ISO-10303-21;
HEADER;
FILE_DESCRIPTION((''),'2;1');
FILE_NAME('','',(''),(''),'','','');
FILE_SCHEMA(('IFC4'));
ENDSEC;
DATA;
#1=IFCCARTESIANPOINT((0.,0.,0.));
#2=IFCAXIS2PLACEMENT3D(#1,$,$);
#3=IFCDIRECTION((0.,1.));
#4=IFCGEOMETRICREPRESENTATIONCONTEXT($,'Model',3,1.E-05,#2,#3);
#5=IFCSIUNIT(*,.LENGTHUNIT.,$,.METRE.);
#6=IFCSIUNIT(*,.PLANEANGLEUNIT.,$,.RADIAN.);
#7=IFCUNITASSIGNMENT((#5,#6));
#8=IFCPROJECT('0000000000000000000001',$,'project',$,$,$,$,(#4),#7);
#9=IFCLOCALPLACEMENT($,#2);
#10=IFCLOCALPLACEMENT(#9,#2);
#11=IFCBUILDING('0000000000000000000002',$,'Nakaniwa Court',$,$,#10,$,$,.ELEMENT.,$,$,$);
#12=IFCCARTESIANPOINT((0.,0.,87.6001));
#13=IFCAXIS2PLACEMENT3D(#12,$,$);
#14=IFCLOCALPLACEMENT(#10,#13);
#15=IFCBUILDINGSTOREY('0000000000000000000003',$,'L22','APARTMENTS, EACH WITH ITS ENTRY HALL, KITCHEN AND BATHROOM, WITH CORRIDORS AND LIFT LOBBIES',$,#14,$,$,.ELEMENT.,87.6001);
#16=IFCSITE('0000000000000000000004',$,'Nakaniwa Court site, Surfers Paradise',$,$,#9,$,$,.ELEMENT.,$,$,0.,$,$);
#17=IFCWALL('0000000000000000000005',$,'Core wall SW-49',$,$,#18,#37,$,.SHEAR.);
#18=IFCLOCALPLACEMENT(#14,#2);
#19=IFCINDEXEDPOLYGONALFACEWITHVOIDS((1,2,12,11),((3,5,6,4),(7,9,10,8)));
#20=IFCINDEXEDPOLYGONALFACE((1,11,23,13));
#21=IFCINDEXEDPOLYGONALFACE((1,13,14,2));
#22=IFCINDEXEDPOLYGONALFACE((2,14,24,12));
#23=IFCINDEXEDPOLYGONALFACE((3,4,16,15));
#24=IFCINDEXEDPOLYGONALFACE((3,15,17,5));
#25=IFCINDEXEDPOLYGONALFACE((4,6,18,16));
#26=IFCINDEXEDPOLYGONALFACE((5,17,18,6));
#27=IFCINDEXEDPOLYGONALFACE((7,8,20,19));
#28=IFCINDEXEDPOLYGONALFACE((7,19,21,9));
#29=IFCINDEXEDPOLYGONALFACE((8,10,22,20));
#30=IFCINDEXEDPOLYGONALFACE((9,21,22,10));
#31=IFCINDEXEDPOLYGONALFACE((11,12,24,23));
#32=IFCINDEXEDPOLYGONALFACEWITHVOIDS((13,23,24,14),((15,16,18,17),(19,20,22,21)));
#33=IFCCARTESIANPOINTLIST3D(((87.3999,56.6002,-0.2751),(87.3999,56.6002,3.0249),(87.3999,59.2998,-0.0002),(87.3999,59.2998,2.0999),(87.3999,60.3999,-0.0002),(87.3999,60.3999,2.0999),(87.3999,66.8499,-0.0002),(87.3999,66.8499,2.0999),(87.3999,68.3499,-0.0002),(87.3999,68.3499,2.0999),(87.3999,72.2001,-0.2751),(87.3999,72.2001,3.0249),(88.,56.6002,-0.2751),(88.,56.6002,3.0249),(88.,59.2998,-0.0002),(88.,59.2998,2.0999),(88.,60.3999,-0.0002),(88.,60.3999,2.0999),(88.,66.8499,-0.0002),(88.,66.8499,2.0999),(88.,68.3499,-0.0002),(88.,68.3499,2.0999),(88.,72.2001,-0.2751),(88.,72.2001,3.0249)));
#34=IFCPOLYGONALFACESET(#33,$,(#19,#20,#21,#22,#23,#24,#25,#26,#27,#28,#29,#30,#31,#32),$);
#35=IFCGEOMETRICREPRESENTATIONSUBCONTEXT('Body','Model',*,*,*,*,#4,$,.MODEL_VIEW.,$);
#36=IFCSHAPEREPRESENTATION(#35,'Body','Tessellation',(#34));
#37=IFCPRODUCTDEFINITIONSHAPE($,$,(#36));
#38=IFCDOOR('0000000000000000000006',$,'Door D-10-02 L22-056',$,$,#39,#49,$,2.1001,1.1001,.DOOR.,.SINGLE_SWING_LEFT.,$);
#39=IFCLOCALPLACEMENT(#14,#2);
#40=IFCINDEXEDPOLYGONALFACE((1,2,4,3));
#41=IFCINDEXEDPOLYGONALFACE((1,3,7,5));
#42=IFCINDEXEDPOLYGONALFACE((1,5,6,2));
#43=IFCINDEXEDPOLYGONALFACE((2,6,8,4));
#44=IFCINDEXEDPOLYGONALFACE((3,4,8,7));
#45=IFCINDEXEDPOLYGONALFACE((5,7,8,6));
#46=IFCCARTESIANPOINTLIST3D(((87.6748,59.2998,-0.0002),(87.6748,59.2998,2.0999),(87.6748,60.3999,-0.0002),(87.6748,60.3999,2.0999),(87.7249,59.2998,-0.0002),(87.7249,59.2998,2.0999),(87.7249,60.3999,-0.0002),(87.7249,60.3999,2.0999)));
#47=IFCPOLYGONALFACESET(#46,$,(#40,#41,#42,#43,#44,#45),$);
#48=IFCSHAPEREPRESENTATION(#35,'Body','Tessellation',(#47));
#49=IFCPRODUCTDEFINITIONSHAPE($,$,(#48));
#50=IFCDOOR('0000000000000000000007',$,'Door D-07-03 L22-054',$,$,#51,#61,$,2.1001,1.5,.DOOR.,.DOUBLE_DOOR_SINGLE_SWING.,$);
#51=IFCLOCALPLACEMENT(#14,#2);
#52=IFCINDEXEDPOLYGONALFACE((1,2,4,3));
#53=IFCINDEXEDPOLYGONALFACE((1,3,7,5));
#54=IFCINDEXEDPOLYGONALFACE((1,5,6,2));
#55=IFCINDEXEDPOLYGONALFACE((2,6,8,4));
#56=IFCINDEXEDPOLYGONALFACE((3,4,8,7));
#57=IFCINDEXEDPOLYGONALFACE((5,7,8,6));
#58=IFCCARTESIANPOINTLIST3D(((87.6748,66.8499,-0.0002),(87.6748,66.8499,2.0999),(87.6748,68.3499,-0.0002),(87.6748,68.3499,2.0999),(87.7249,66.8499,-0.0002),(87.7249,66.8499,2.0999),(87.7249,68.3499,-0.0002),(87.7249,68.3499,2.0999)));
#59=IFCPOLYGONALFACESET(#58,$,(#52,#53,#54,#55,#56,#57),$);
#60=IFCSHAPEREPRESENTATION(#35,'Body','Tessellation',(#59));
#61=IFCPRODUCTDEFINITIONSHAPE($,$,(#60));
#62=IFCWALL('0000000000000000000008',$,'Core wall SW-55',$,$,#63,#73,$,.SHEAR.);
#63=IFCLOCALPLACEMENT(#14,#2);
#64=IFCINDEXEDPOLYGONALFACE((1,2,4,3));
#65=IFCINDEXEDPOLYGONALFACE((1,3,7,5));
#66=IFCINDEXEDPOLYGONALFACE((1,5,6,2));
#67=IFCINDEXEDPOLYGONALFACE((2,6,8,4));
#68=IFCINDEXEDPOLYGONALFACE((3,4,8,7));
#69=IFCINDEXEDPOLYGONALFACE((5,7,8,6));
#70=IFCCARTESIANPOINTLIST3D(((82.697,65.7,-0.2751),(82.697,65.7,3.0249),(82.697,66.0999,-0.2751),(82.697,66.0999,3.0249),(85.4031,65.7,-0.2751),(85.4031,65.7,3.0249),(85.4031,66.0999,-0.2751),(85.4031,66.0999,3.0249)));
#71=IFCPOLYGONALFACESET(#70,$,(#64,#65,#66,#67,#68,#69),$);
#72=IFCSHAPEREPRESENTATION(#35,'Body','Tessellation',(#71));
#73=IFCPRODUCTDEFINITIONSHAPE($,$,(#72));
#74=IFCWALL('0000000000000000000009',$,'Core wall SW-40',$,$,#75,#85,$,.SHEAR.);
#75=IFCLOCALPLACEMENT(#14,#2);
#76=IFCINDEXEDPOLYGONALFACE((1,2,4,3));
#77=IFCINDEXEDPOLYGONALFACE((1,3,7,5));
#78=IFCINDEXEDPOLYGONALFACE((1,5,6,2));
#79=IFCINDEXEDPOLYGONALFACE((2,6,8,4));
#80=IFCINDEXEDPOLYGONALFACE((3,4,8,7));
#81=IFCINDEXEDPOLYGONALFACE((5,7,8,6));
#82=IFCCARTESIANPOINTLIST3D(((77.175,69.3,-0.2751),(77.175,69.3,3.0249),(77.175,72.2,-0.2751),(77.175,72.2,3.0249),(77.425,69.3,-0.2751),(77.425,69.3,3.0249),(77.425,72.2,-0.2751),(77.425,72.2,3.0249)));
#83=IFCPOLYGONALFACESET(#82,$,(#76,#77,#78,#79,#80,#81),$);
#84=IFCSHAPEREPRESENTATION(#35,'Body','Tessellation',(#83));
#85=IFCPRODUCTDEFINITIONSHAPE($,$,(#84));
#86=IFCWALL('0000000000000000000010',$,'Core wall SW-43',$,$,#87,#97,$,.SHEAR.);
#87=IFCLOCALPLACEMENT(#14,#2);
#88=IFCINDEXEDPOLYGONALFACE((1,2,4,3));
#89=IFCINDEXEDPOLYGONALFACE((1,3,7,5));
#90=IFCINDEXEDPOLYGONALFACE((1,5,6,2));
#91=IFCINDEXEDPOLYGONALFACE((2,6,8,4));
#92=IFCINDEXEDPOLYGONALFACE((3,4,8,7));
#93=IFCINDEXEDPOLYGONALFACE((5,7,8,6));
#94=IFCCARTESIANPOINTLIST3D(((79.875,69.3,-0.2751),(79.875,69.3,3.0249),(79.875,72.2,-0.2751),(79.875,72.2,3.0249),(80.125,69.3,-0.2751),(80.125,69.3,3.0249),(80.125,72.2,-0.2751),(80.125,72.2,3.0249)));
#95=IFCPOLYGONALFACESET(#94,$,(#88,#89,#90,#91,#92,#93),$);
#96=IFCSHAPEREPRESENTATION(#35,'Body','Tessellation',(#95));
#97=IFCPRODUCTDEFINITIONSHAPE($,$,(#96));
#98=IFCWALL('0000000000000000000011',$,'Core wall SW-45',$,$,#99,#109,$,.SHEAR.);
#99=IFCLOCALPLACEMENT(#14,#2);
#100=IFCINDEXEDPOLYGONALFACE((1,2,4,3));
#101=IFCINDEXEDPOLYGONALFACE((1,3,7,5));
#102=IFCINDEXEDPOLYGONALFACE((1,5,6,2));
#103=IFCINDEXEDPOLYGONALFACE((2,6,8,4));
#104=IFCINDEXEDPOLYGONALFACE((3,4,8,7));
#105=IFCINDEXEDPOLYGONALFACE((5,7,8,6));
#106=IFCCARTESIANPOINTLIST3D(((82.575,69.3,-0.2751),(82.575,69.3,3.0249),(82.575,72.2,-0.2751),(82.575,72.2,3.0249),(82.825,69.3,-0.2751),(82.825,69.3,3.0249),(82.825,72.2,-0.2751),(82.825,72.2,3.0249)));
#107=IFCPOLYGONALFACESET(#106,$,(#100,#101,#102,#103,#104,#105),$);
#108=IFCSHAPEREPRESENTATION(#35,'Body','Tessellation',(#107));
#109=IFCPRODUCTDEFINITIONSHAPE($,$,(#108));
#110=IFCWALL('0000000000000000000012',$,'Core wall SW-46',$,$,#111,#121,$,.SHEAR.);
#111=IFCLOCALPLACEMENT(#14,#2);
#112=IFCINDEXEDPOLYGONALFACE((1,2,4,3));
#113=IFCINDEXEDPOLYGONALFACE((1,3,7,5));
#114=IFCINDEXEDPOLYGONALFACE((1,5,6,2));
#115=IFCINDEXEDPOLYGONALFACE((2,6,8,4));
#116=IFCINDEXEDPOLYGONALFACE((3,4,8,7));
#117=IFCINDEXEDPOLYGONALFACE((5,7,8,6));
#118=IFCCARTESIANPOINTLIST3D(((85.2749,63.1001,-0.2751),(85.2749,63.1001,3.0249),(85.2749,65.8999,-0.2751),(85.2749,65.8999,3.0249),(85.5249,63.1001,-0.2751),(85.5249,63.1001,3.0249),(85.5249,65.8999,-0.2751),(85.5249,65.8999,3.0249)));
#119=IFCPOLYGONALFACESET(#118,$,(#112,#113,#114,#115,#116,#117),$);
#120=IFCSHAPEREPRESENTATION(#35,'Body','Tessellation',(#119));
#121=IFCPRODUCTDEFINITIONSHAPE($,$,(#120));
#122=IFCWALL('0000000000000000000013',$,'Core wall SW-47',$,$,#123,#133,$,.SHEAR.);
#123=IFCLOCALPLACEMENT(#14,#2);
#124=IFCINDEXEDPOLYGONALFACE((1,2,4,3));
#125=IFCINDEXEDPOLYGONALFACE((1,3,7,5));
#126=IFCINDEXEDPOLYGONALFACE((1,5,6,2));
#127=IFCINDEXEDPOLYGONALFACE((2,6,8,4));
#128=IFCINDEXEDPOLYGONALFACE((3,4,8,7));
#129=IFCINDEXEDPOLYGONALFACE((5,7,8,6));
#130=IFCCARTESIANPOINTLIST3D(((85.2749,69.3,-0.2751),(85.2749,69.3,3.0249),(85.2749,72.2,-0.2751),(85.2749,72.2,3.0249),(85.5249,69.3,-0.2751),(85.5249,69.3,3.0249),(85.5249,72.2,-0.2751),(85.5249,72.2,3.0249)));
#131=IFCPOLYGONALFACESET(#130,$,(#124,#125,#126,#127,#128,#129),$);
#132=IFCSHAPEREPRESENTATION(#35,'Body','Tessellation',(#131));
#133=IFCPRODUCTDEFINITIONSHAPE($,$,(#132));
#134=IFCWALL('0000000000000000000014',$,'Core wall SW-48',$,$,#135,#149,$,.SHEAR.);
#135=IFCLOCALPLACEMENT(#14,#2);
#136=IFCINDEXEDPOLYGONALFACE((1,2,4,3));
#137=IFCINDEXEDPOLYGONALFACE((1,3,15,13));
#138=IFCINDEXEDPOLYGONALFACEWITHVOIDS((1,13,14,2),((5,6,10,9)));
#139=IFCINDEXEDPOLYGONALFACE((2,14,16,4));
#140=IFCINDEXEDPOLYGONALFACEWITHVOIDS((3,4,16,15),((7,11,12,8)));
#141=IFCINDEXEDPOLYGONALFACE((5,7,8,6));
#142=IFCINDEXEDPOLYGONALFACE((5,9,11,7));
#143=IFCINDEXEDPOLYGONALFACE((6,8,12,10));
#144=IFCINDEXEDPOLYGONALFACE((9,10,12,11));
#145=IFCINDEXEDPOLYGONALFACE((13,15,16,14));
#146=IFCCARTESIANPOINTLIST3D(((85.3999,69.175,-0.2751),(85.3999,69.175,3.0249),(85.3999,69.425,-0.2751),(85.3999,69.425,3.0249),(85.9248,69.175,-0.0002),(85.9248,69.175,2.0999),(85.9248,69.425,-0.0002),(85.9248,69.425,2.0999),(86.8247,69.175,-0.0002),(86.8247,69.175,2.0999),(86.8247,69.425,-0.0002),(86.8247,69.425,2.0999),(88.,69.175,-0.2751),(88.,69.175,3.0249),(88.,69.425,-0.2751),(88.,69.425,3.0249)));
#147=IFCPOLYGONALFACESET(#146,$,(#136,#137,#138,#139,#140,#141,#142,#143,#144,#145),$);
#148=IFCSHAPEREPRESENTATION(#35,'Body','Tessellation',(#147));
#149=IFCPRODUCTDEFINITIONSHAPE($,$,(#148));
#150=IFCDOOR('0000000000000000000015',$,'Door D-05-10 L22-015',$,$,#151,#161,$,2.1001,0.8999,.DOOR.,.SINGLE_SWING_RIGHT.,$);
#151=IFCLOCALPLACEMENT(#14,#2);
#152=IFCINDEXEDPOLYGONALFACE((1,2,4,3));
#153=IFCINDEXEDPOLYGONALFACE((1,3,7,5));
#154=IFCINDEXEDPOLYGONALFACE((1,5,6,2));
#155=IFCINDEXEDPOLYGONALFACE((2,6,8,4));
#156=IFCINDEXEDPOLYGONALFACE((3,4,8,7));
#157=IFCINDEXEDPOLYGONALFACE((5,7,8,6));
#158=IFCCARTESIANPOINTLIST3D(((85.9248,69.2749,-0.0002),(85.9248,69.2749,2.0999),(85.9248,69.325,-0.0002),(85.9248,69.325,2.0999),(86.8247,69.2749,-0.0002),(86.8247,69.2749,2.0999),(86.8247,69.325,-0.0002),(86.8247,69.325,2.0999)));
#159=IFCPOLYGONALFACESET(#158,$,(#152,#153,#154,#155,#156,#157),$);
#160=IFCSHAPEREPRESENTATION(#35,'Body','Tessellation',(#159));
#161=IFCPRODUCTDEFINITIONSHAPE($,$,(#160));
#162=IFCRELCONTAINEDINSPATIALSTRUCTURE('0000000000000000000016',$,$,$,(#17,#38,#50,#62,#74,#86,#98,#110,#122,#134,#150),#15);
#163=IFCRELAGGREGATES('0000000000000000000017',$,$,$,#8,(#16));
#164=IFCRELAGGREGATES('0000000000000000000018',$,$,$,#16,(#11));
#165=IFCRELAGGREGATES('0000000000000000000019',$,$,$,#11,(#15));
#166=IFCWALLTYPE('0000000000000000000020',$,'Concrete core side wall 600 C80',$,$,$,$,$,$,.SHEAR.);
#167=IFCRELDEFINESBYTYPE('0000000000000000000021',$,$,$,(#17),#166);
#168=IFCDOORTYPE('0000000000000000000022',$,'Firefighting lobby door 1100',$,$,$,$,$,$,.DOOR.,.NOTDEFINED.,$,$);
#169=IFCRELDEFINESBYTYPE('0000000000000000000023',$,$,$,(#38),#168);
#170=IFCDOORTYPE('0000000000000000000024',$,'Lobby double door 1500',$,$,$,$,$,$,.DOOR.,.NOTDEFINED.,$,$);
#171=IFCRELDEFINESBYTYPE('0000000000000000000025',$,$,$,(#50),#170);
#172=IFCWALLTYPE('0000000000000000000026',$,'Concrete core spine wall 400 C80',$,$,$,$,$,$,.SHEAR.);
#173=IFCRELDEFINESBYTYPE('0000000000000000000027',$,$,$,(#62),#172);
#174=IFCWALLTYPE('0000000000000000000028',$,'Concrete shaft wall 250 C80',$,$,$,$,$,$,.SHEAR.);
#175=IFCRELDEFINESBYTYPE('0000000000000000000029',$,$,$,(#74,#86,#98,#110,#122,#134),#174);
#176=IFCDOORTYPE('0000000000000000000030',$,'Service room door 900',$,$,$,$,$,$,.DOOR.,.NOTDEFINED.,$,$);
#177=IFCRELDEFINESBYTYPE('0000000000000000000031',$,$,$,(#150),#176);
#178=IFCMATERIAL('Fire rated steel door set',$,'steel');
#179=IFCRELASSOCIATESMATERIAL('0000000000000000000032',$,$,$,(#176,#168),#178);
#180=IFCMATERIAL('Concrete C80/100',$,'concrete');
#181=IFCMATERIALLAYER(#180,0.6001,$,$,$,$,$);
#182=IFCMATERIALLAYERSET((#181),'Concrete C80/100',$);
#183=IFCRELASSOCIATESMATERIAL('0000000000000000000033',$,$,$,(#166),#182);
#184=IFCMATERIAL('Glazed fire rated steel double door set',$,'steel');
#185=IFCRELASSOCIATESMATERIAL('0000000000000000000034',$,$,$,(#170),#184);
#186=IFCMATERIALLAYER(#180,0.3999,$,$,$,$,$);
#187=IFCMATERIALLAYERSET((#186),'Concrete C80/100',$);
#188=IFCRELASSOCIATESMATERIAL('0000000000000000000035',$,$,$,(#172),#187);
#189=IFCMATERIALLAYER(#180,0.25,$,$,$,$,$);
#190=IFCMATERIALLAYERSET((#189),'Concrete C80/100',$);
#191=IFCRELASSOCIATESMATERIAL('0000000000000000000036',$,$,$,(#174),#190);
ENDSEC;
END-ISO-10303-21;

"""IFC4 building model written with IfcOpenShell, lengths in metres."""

from ifc_helpers import new_model, si_unit, direction, frame, frame_2d, origin, place, context, subcontext, project, spatial, rectangle, extrude, material, layer, layer_set, type_object, element, fill, save


model = new_model("IFC4")

# Units and contexts
model_context = context("Model", 3, precision=1e-05, world=origin(), true_north=direction((0.0, 1.0)))
body_context = subcontext(model_context, "Body", "Model", "MODEL_VIEW")
ifc_project = project(units=[si_unit("LENGTHUNIT", "METRE"), si_unit("PLANEANGLEUNIT", "RADIAN")], contexts=[model_context])

# Site, building, storey
site_placement = place(None, origin())
site = spatial("IfcSite", under=ifc_project, at=site_placement, Name="Nakaniwa Court site, Surfers Paradise", CompositionType="ELEMENT", RefElevation=0.0)
building_placement = place(site_placement, origin())
building = spatial("IfcBuilding", under=site, at=building_placement, Name="Nakaniwa Court", CompositionType="ELEMENT")
storey_placement = place(building_placement, frame((0.0, 0.0, 87.6001)))
storey = spatial("IfcBuildingStorey", under=building, at=storey_placement, Name="L22", Description="APARTMENTS, EACH WITH ITS ENTRY HALL, KITCHEN AND BATHROOM, WITH CORRIDORS AND LIFT LOBBIES", CompositionType="ELEMENT", Elevation=87.6001)

# Shared definitions
ifc_material_1 = material(Name="Concrete C80/100", Category="concrete")

# Shared definitions
ifc_material_2 = material(Name="Fire rated steel door set", Category="steel")
door_type_1 = type_object("IfcDoorType", Name="Service room door 900", OperationType="NOTDEFINED", PredefinedType="DOOR", material=ifc_material_2)

# Wall, openings, doors
ifc_layer_1 = layer(ifc_material_1, 0.6001)
ifc_layer_set_1 = layer_set([ifc_layer_1], Name="Concrete C80/100")
wall_type_1 = type_object("IfcWallType", Name="Concrete core side wall 600 C80", PredefinedType="SHEAR", material=ifc_layer_set_1)
wall_1_placement = place(storey_placement, frame((87.7, 72.2, -0.2751), z_axis=(0.0, 0.0, 1.0), x_axis=(0.0, -1.0, 0.0)))
wall_1 = element("IfcWall", 1, at=wall_1_placement, inside=storey, type_object=wall_type_1, Name="Core wall SW-49", PredefinedType="SHEAR", context=body_context, shape_type="SweptSolid", body=[
    extrude(rectangle(XDim=15.5999, YDim=0.6001, at=frame_2d((7.7998, 0.0))), origin(), (0.0, 0.0, 1.0), 3.3),
])
opening_1_placement = place(wall_1_placement, frame((3.8501, 0.0, 0.2749)))
opening_1 = element("IfcOpeningElement", 2, at=opening_1_placement, cuts=wall_1, PredefinedType="OPENING", context=body_context, shape_type="SweptSolid", body=[
    extrude(rectangle(XDim=1.5, YDim=2.1001, at=frame_2d((0.75, 1.05))), frame((0.0, 0.3101, 0.0), z_axis=(0.0, -1.0, 0.0), x_axis=(1.0, 0.0, 0.0)), (0.0, 0.0, 1.0), 0.6201),
])
opening_2_placement = place(wall_1_placement, frame((11.8, 0.0, 0.2749)))
opening_2 = element("IfcOpeningElement", 3, at=opening_2_placement, cuts=wall_1, PredefinedType="OPENING", context=body_context, shape_type="SweptSolid", body=[
    extrude(rectangle(XDim=1.1001, YDim=2.1001, at=frame_2d((0.55, 1.05))), frame((0.0, 0.3101, 0.0), z_axis=(0.0, -1.0, 0.0), x_axis=(1.0, 0.0, 0.0)), (0.0, 0.0, 1.0), 0.6201),
])
door_type_2 = type_object("IfcDoorType", Name="Firefighting lobby door 1100", OperationType="NOTDEFINED", PredefinedType="DOOR", material=ifc_material_2)
door_1_placement = place(opening_2_placement, origin())
door_1 = element("IfcDoor", 4, at=door_1_placement, inside=storey, type_object=door_type_2, Name="Door D-10-02 L22-056", OperationType="SINGLE_SWING_LEFT", OverallHeight=2.1001, OverallWidth=1.1001, PredefinedType="DOOR", context=body_context, shape_type="SweptSolid", body=[
    extrude(rectangle(XDim=1.1001, YDim=2.1001, at=frame_2d((0.55, 1.05))), frame((0.0, 0.0249, 0.0), z_axis=(0.0, -1.0, 0.0), x_axis=(1.0, 0.0, 0.0)), (0.0, 0.0, 1.0), 0.05),
])
fill(opening_2, door_1)
ifc_material_3 = material(Name="Glazed fire rated steel double door set", Category="steel")
door_type_3 = type_object("IfcDoorType", Name="Lobby double door 1500", OperationType="NOTDEFINED", PredefinedType="DOOR", material=ifc_material_3)
door_2_placement = place(opening_1_placement, origin())
door_2 = element("IfcDoor", 5, at=door_2_placement, inside=storey, type_object=door_type_3, Name="Door D-07-03 L22-054", OperationType="DOUBLE_DOOR_SINGLE_SWING", OverallHeight=2.1001, OverallWidth=1.5, PredefinedType="DOOR", context=body_context, shape_type="SweptSolid", body=[
    extrude(rectangle(XDim=1.5, YDim=2.1001, at=frame_2d((0.75, 1.05))), frame((0.0, 0.0249, 0.0), z_axis=(0.0, -1.0, 0.0), x_axis=(1.0, 0.0, 0.0)), (0.0, 0.0, 1.0), 0.05),
])
fill(opening_1, door_2)

# Walls
ifc_layer_2 = layer(ifc_material_1, 0.3999)
ifc_layer_set_2 = layer_set([ifc_layer_2], Name="Concrete C80/100")
wall_type_2 = type_object("IfcWallType", Name="Concrete core spine wall 400 C80", PredefinedType="SHEAR", material=ifc_layer_set_2)
wall_2_placement = place(storey_placement, frame((82.697, 65.8999, -0.2751), z_axis=(0.0, 0.0, 1.0), x_axis=(1.0, 0.0, 0.0)))
element("IfcWall", 6, at=wall_2_placement, inside=storey, type_object=wall_type_2, Name="Core wall SW-55", PredefinedType="SHEAR", context=body_context, shape_type="SweptSolid", body=[
    extrude(rectangle(XDim=2.7061, YDim=0.3999, at=frame_2d((1.353, 0.0))), origin(), (0.0, 0.0, 1.0), 3.3),
])
ifc_layer_3 = layer(ifc_material_1, 0.25)
ifc_layer_set_3 = layer_set([ifc_layer_3], Name="Concrete C80/100")
wall_type_3 = type_object("IfcWallType", Name="Concrete shaft wall 250 C80", PredefinedType="SHEAR", material=ifc_layer_set_3)
for number, where, z_axis, x_axis, name in (
    (7, (77.3, 69.3, -0.2751), (0.0, 0.0, 1.0), (0.0, 1.0, 0.0), "Core wall SW-40"),
    (8, (80.0, 69.3, -0.2751), (0.0, 0.0, 1.0), (0.0, 1.0, 0.0), "Core wall SW-43"),
    (9, (82.7, 69.3, -0.2751), (0.0, 0.0, 1.0), (0.0, 1.0, 0.0), "Core wall SW-45"),
):
    element("IfcWall", number, at=place(storey_placement, frame(where, z_axis=z_axis, x_axis=x_axis)), inside=storey, type_object=wall_type_3, Name=name, PredefinedType="SHEAR", context=body_context, shape_type="SweptSolid", body=[
        extrude(rectangle(XDim=2.8999, YDim=0.25, at=frame_2d((1.45, 0.0))), origin(), (0.0, 0.0, 1.0), 3.3),
    ])
wall_3_placement = place(storey_placement, frame((85.3999, 63.1001, -0.2751), z_axis=(0.0, 0.0, 1.0), x_axis=(0.0, 1.0, 0.0)))
element("IfcWall", 10, at=wall_3_placement, inside=storey, type_object=wall_type_3, Name="Core wall SW-46", PredefinedType="SHEAR", context=body_context, shape_type="SweptSolid", body=[
    extrude(rectangle(XDim=2.7998, YDim=0.25, at=frame_2d((1.3999, 0.0))), origin(), (0.0, 0.0, 1.0), 3.3),
])
wall_4_placement = place(storey_placement, frame((85.3999, 69.3, -0.2751), z_axis=(0.0, 0.0, 1.0), x_axis=(0.0, 1.0, 0.0)))
element("IfcWall", 11, at=wall_4_placement, inside=storey, type_object=wall_type_3, Name="Core wall SW-47", PredefinedType="SHEAR", context=body_context, shape_type="SweptSolid", body=[
    extrude(rectangle(XDim=2.8999, YDim=0.25, at=frame_2d((1.45, 0.0))), origin(), (0.0, 0.0, 1.0), 3.3),
])

# Wall, opening, door
wall_5_placement = place(storey_placement, frame((85.3999, 69.3, -0.2751), z_axis=(0.0, 0.0, 1.0), x_axis=(1.0, 0.0, 0.0)))
wall_5 = element("IfcWall", 12, at=wall_5_placement, inside=storey, type_object=wall_type_3, Name="Core wall SW-48", PredefinedType="SHEAR", context=body_context, shape_type="SweptSolid", body=[
    extrude(rectangle(XDim=2.6001, YDim=0.25, at=frame_2d((1.3, 0.0))), origin(), (0.0, 0.0, 1.0), 3.3),
])
opening_3_placement = place(wall_5_placement, frame((0.5249, 0.0, 0.2749)))
opening_3 = element("IfcOpeningElement", 13, at=opening_3_placement, cuts=wall_5, PredefinedType="OPENING", context=body_context, shape_type="SweptSolid", body=[
    extrude(rectangle(XDim=0.8999, YDim=2.1001, at=frame_2d((0.45, 1.05))), frame((0.0, 0.135, 0.0), z_axis=(0.0, -1.0, 0.0), x_axis=(1.0, 0.0, 0.0)), (0.0, 0.0, 1.0), 0.27),
])
door_3_placement = place(opening_3_placement, origin())
door_3 = element("IfcDoor", 14, at=door_3_placement, inside=storey, type_object=door_type_1, Name="Door D-05-10 L22-015", OperationType="SINGLE_SWING_RIGHT", OverallHeight=2.1001, OverallWidth=0.8999, PredefinedType="DOOR", context=body_context, shape_type="SweptSolid", body=[
    extrude(rectangle(XDim=0.8999, YDim=2.1001, at=frame_2d((0.45, 1.05))), frame((0.0, 0.0249, 0.0), z_axis=(0.0, -1.0, 0.0), x_axis=(1.0, 0.0, 0.0)), (0.0, 0.0, 1.0), 0.05),
])
fill(opening_3, door_3)

save(model, "model.ifc")
